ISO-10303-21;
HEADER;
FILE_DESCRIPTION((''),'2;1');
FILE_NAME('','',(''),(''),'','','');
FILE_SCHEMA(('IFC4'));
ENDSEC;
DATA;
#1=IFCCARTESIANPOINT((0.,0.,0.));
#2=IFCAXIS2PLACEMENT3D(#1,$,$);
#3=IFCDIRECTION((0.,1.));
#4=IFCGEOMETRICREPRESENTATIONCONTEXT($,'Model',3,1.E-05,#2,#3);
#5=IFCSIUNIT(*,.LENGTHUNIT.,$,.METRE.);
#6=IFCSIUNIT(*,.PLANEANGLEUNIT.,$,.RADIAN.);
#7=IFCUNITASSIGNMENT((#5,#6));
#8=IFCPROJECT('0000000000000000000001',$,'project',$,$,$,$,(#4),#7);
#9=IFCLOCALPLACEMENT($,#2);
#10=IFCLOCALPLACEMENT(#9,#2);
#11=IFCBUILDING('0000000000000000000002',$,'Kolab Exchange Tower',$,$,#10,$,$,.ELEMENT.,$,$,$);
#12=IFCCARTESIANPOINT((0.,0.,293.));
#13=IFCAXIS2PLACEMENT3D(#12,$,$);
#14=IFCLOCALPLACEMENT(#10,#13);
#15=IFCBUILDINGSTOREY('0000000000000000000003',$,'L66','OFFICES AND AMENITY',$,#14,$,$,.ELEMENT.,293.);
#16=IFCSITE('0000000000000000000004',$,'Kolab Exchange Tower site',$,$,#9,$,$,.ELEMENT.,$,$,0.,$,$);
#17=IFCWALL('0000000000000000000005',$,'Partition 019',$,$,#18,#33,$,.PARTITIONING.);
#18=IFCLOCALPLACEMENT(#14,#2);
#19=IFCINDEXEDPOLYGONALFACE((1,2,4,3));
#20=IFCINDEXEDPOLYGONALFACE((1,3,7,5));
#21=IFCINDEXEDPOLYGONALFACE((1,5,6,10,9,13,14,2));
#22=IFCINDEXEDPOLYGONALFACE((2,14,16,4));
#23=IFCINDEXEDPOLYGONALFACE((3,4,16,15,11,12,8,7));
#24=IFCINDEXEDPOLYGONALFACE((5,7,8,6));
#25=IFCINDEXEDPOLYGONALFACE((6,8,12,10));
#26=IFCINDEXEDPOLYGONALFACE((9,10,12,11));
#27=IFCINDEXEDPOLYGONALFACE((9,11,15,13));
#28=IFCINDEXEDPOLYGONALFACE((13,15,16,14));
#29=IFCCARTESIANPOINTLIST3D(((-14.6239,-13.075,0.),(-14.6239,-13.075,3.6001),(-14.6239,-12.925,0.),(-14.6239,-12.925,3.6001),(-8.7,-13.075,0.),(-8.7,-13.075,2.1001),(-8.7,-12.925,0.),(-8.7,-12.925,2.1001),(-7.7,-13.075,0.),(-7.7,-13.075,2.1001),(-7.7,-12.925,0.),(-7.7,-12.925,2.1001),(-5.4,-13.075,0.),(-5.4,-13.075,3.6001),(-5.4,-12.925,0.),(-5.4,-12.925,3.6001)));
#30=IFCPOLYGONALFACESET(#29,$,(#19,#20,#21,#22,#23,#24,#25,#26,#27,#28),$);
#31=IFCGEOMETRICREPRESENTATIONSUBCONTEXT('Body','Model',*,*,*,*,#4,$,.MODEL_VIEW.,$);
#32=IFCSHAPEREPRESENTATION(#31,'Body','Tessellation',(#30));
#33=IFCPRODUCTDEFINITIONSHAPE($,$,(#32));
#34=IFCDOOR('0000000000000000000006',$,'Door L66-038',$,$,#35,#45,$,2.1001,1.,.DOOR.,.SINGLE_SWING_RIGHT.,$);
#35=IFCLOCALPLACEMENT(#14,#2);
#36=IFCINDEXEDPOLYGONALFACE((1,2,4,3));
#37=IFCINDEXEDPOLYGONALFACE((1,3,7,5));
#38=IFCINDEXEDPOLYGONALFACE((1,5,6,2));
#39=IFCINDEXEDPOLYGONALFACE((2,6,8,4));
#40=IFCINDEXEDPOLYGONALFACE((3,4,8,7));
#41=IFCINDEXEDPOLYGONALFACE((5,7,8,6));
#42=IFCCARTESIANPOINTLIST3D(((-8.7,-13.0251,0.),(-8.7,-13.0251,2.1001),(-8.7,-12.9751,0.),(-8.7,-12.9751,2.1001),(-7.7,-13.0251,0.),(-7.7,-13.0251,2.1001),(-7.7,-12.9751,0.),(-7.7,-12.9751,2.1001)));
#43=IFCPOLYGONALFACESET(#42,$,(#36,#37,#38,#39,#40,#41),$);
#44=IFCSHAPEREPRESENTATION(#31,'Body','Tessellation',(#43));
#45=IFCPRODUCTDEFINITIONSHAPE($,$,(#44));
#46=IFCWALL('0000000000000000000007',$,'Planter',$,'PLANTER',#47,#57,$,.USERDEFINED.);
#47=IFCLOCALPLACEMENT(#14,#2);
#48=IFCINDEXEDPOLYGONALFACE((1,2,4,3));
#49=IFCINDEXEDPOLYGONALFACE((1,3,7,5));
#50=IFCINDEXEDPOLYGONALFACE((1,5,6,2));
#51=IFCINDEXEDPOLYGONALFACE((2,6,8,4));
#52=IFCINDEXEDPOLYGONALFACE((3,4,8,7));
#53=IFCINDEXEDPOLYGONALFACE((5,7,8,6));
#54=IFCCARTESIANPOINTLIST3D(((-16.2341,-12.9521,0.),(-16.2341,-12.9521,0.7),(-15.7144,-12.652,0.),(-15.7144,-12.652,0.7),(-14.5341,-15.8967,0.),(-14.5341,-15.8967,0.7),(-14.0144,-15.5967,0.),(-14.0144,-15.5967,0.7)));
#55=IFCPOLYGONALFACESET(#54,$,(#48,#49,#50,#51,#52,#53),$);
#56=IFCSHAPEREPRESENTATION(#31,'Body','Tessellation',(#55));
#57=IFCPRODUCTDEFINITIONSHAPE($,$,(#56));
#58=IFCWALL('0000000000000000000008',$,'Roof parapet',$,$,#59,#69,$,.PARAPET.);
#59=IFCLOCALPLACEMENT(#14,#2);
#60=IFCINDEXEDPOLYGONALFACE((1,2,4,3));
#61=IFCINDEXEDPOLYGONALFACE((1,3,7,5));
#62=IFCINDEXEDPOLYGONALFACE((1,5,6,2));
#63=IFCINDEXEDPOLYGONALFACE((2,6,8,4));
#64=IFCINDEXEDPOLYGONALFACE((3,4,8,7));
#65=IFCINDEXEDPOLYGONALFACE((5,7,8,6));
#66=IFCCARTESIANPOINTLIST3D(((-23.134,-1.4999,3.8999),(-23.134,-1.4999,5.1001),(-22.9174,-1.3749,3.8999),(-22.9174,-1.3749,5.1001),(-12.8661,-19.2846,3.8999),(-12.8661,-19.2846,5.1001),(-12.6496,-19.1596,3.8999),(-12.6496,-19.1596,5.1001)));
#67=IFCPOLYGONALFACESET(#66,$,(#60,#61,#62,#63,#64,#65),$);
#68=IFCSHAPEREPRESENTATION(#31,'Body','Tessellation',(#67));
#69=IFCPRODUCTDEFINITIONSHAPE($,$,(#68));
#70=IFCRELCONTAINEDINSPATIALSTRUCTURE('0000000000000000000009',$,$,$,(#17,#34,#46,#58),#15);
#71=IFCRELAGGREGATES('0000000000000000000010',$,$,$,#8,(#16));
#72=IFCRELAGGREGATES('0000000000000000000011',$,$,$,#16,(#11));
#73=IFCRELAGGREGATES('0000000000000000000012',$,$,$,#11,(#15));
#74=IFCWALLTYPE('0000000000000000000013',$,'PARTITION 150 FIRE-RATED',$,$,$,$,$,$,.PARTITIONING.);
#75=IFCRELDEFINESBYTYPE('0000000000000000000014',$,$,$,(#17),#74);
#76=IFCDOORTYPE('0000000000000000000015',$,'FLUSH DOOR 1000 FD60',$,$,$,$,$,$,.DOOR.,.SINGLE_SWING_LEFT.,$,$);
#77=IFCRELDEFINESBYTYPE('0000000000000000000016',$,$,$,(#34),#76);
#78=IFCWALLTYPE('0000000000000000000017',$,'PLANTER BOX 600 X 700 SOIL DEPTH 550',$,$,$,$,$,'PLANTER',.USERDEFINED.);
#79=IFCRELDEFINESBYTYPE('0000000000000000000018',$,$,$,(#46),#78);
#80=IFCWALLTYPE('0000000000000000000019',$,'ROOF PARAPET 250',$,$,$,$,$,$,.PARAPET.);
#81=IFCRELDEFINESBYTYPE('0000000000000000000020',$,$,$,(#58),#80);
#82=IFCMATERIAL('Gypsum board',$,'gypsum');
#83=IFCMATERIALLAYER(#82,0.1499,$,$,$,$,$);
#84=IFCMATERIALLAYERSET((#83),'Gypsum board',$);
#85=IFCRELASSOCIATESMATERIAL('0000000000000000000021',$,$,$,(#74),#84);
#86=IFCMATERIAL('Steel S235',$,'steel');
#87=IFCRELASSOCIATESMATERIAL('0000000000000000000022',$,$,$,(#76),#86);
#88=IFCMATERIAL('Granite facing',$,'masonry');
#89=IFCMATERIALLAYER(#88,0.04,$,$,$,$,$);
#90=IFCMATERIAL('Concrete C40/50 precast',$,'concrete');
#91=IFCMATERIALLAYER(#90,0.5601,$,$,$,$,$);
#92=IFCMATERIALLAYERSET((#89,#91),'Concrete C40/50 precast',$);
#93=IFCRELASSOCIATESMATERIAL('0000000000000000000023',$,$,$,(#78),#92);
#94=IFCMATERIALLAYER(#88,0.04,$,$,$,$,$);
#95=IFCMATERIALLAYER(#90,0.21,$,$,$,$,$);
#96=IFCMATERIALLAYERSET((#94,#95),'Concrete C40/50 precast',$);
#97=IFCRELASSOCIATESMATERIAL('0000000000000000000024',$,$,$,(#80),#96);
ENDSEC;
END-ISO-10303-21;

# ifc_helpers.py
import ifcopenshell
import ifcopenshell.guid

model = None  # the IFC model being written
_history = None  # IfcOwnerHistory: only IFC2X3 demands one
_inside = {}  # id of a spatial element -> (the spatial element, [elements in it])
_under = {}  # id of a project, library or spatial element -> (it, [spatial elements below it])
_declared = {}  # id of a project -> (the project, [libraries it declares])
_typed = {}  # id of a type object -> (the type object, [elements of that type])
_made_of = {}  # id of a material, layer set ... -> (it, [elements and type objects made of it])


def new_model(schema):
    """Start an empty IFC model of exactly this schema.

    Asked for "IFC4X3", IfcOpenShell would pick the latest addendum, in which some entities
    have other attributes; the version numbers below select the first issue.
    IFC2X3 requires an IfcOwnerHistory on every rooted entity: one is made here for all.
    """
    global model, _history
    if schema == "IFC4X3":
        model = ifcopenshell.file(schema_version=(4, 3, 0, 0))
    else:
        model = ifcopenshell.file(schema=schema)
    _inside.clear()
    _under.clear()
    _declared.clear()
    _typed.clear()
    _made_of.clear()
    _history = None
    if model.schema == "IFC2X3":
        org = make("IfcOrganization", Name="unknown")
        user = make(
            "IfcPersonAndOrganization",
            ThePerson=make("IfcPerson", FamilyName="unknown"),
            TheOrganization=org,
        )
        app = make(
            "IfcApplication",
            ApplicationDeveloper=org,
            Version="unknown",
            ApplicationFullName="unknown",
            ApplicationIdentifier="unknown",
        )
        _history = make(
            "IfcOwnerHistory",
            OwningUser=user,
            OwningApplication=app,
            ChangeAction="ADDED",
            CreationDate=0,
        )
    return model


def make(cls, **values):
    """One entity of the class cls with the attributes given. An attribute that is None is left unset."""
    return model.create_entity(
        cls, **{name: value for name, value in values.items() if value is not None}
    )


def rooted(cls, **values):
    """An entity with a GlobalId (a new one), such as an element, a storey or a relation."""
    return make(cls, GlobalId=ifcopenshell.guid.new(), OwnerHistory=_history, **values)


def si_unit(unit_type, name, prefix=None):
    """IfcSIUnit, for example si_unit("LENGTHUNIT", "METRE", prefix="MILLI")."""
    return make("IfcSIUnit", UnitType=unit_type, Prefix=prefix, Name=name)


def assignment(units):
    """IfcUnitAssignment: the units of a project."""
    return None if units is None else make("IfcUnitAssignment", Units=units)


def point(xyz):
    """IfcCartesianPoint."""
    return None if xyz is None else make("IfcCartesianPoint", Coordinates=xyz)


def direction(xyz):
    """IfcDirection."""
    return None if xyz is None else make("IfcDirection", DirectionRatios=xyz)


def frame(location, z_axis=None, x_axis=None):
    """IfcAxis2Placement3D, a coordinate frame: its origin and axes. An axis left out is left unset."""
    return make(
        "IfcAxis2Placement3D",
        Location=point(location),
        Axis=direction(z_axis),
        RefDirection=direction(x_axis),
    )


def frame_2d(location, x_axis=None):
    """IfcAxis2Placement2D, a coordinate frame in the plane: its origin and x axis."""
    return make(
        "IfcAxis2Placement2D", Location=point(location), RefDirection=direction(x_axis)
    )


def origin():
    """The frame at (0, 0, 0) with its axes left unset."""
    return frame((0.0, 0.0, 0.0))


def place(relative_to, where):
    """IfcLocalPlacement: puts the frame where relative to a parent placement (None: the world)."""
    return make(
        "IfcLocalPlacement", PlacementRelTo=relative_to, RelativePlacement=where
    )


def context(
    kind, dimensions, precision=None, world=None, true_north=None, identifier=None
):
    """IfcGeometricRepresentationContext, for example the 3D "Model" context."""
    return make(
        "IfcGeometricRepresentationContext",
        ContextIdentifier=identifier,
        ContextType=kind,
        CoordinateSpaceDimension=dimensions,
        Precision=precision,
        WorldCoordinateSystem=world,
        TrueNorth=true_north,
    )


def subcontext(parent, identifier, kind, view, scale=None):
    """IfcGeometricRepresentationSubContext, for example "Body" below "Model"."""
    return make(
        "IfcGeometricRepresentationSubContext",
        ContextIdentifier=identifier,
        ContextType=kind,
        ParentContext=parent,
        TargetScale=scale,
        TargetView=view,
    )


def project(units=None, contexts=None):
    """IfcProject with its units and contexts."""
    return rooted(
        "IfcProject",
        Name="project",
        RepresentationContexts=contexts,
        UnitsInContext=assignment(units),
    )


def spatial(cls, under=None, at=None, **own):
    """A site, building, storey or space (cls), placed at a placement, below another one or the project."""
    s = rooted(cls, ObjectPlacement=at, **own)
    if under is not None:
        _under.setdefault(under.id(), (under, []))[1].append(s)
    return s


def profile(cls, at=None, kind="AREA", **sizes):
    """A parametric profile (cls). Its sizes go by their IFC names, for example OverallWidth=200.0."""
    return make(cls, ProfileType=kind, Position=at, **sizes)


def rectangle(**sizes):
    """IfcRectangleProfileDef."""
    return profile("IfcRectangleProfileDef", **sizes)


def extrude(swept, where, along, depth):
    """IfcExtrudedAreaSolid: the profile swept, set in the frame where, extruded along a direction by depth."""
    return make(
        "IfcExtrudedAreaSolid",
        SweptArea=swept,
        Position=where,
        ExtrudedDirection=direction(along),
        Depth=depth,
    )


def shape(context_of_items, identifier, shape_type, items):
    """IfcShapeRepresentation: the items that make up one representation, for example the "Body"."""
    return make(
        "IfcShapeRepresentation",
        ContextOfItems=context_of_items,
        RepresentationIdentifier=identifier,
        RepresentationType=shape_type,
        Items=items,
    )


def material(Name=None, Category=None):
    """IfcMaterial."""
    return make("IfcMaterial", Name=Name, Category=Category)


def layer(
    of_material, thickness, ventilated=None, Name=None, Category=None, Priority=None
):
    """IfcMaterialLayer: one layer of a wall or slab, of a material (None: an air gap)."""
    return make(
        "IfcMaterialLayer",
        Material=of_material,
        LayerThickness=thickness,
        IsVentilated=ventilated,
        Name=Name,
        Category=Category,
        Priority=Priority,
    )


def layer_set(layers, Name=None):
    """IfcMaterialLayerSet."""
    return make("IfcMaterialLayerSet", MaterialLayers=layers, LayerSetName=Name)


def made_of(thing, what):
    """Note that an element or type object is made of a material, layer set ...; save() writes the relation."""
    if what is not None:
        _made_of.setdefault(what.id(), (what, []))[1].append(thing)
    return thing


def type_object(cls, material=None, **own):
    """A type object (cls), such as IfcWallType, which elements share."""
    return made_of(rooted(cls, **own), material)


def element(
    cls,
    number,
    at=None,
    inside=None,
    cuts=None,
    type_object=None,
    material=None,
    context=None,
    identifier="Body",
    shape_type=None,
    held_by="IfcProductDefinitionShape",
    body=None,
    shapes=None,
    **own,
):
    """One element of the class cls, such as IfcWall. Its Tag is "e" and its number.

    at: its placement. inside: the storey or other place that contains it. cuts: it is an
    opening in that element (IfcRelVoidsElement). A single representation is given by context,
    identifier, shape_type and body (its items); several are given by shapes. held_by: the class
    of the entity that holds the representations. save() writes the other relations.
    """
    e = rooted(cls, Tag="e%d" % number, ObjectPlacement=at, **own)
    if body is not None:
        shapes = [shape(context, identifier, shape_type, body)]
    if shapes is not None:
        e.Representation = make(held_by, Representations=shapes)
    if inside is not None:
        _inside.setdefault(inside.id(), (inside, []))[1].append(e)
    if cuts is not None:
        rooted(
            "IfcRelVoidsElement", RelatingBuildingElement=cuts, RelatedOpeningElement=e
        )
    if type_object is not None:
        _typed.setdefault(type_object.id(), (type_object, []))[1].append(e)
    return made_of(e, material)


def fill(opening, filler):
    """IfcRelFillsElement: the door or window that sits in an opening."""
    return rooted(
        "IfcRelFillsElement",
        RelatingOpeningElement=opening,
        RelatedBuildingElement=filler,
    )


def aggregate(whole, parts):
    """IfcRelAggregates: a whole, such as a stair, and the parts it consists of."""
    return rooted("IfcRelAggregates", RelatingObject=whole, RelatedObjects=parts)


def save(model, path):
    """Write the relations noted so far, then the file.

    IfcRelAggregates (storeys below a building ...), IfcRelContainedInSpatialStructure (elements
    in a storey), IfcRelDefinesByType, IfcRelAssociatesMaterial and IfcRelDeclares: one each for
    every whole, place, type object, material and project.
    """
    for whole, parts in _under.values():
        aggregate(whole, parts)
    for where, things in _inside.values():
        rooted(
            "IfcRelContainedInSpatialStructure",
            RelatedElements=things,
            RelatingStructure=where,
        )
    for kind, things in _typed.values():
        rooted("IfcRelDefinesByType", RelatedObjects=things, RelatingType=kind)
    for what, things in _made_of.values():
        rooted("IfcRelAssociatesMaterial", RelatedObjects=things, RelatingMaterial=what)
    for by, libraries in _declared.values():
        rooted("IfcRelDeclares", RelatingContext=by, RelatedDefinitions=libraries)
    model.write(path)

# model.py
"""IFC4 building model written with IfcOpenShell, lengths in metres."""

from ifc_helpers import new_model, si_unit, direction, frame, frame_2d, origin, place, context, subcontext, project, spatial, rectangle, extrude, material, layer, layer_set, type_object, element, fill, save


model = new_model("IFC4")

# Units and contexts
model_context = context("Model", 3, precision=1e-05, world=origin(), true_north=direction((0.0, 1.0)))
body_context = subcontext(model_context, "Body", "Model", "MODEL_VIEW")
ifc_project = project(units=[si_unit("LENGTHUNIT", "METRE"), si_unit("PLANEANGLEUNIT", "RADIAN")], contexts=[model_context])

# Site, building, storey
site_placement = place(None, origin())
site = spatial("IfcSite", under=ifc_project, at=site_placement, Name="Kolab Exchange Tower site", CompositionType="ELEMENT", RefElevation=0.0)
building_placement = place(site_placement, origin())
building = spatial("IfcBuilding", under=site, at=building_placement, Name="Kolab Exchange Tower", CompositionType="ELEMENT")
storey_placement = place(building_placement, frame((0.0, 0.0, 293.0)))
storey = spatial("IfcBuildingStorey", under=building, at=storey_placement, Name="L66", Description="OFFICES AND AMENITY", CompositionType="ELEMENT", Elevation=293.0)

# Shared definitions
ifc_material_1 = material(Name="Gypsum board", Category="gypsum")

# Shared definitions
ifc_layer_1 = layer(ifc_material_1, 0.1499)
ifc_layer_set_1 = layer_set([ifc_layer_1], Name="Gypsum board")
wall_type_1 = type_object("IfcWallType", Name="PARTITION 150 FIRE-RATED", PredefinedType="PARTITIONING", material=ifc_layer_set_1)
ifc_material_2 = material(Name="Steel S235", Category="steel")
door_type = type_object("IfcDoorType", Name="FLUSH DOOR 1000 FD60", OperationType="SINGLE_SWING_LEFT", PredefinedType="DOOR", material=ifc_material_2)

# Wall, opening, door
wall_1_placement = place(storey_placement, frame((-14.6238, -13.0, 0.0), z_axis=(0.0, 0.0, 1.0), x_axis=(1.0, 0.0, 0.0)))
wall_1 = element("IfcWall", 1, at=wall_1_placement, inside=storey, type_object=wall_type_1, Name="Partition 019", PredefinedType="PARTITIONING", context=body_context, shape_type="SweptSolid", body=[
    extrude(rectangle(XDim=9.2239, YDim=0.1499, at=frame_2d((4.6118, 0.0))), origin(), (0.0, 0.0, 1.0), 3.6001),
])
opening_1_placement = place(wall_1_placement, frame((5.9238, 0.0, 0.0)))
opening_1 = element("IfcOpeningElement", 2, at=opening_1_placement, cuts=wall_1, PredefinedType="OPENING", context=body_context, shape_type="SweptSolid", body=[
    extrude(rectangle(XDim=1.0, YDim=2.1001, at=frame_2d((0.5, 1.05))), frame((0.0, 0.085, 0.0), z_axis=(0.0, -1.0, 0.0), x_axis=(1.0, 0.0, 0.0)), (0.0, 0.0, 1.0), 0.1699),
])
door_1_placement = place(opening_1_placement, origin())
door_1 = element("IfcDoor", 3, at=door_1_placement, inside=storey, type_object=door_type, Name="Door L66-038", OperationType="SINGLE_SWING_RIGHT", OverallHeight=2.1001, OverallWidth=1.0, PredefinedType="DOOR", context=body_context, shape_type="SweptSolid", body=[
    extrude(rectangle(XDim=1.0, YDim=2.1001, at=frame_2d((0.5, 1.05))), frame((0.0, 0.0249, 0.0), z_axis=(0.0, -1.0, 0.0), x_axis=(1.0, 0.0, 0.0)), (0.0, 0.0, 1.0), 0.05),
])
fill(opening_1, door_1)

# Walls
ifc_material_3 = material(Name="Granite facing", Category="masonry")
ifc_layer_2 = layer(ifc_material_3, 0.04)
ifc_material_4 = material(Name="Concrete C40/50 precast", Category="concrete")
ifc_layer_3 = layer(ifc_material_4, 0.5601)
ifc_layer_set_2 = layer_set([ifc_layer_2, ifc_layer_3], Name="Concrete C40/50 precast")
wall_type_2 = type_object("IfcWallType", Name="PLANTER BOX 600 X 700 SOIL DEPTH 550", ElementType="PLANTER", PredefinedType="USERDEFINED", material=ifc_layer_set_2)
wall_2_placement = place(storey_placement, frame((-14.2742, -15.7468, 0.0), z_axis=(0.0, 0.0, 1.0), x_axis=(-0.499977, 0.866039, 0.0)))
element("IfcWall", 4, at=wall_2_placement, inside=storey, type_object=wall_type_2, Name="Planter", ObjectType="PLANTER", PredefinedType="USERDEFINED", context=body_context, shape_type="SweptSolid", body=[
    extrude(rectangle(XDim=3.4001, YDim=0.6001, at=frame_2d((1.7002, 0.0))), origin(), (0.0, 0.0, 1.0), 0.7),
])
ifc_layer_4 = layer(ifc_material_3, 0.04)
ifc_layer_5 = layer(ifc_material_4, 0.21)
ifc_layer_set_3 = layer_set([ifc_layer_4, ifc_layer_5], Name="Concrete C40/50 precast")
wall_type_3 = type_object("IfcWallType", Name="ROOF PARAPET 250", PredefinedType="PARAPET", material=ifc_layer_set_3)
wall_3_placement = place(storey_placement, frame((-12.7578, -19.2222, 3.8999), z_axis=(0.0, 0.0, 1.0), x_axis=(-0.499994, 0.866029, 0.0)))
element("IfcWall", 5, at=wall_3_placement, inside=storey, type_object=wall_type_3, Name="Roof parapet", PredefinedType="PARAPET", context=body_context, shape_type="SweptSolid", body=[
    extrude(rectangle(XDim=20.5359, YDim=0.25, at=frame_2d((10.2681, 0.0))), origin(), (0.0, 0.0, 1.0), 1.2002),
])

save(model, "model.ifc")
